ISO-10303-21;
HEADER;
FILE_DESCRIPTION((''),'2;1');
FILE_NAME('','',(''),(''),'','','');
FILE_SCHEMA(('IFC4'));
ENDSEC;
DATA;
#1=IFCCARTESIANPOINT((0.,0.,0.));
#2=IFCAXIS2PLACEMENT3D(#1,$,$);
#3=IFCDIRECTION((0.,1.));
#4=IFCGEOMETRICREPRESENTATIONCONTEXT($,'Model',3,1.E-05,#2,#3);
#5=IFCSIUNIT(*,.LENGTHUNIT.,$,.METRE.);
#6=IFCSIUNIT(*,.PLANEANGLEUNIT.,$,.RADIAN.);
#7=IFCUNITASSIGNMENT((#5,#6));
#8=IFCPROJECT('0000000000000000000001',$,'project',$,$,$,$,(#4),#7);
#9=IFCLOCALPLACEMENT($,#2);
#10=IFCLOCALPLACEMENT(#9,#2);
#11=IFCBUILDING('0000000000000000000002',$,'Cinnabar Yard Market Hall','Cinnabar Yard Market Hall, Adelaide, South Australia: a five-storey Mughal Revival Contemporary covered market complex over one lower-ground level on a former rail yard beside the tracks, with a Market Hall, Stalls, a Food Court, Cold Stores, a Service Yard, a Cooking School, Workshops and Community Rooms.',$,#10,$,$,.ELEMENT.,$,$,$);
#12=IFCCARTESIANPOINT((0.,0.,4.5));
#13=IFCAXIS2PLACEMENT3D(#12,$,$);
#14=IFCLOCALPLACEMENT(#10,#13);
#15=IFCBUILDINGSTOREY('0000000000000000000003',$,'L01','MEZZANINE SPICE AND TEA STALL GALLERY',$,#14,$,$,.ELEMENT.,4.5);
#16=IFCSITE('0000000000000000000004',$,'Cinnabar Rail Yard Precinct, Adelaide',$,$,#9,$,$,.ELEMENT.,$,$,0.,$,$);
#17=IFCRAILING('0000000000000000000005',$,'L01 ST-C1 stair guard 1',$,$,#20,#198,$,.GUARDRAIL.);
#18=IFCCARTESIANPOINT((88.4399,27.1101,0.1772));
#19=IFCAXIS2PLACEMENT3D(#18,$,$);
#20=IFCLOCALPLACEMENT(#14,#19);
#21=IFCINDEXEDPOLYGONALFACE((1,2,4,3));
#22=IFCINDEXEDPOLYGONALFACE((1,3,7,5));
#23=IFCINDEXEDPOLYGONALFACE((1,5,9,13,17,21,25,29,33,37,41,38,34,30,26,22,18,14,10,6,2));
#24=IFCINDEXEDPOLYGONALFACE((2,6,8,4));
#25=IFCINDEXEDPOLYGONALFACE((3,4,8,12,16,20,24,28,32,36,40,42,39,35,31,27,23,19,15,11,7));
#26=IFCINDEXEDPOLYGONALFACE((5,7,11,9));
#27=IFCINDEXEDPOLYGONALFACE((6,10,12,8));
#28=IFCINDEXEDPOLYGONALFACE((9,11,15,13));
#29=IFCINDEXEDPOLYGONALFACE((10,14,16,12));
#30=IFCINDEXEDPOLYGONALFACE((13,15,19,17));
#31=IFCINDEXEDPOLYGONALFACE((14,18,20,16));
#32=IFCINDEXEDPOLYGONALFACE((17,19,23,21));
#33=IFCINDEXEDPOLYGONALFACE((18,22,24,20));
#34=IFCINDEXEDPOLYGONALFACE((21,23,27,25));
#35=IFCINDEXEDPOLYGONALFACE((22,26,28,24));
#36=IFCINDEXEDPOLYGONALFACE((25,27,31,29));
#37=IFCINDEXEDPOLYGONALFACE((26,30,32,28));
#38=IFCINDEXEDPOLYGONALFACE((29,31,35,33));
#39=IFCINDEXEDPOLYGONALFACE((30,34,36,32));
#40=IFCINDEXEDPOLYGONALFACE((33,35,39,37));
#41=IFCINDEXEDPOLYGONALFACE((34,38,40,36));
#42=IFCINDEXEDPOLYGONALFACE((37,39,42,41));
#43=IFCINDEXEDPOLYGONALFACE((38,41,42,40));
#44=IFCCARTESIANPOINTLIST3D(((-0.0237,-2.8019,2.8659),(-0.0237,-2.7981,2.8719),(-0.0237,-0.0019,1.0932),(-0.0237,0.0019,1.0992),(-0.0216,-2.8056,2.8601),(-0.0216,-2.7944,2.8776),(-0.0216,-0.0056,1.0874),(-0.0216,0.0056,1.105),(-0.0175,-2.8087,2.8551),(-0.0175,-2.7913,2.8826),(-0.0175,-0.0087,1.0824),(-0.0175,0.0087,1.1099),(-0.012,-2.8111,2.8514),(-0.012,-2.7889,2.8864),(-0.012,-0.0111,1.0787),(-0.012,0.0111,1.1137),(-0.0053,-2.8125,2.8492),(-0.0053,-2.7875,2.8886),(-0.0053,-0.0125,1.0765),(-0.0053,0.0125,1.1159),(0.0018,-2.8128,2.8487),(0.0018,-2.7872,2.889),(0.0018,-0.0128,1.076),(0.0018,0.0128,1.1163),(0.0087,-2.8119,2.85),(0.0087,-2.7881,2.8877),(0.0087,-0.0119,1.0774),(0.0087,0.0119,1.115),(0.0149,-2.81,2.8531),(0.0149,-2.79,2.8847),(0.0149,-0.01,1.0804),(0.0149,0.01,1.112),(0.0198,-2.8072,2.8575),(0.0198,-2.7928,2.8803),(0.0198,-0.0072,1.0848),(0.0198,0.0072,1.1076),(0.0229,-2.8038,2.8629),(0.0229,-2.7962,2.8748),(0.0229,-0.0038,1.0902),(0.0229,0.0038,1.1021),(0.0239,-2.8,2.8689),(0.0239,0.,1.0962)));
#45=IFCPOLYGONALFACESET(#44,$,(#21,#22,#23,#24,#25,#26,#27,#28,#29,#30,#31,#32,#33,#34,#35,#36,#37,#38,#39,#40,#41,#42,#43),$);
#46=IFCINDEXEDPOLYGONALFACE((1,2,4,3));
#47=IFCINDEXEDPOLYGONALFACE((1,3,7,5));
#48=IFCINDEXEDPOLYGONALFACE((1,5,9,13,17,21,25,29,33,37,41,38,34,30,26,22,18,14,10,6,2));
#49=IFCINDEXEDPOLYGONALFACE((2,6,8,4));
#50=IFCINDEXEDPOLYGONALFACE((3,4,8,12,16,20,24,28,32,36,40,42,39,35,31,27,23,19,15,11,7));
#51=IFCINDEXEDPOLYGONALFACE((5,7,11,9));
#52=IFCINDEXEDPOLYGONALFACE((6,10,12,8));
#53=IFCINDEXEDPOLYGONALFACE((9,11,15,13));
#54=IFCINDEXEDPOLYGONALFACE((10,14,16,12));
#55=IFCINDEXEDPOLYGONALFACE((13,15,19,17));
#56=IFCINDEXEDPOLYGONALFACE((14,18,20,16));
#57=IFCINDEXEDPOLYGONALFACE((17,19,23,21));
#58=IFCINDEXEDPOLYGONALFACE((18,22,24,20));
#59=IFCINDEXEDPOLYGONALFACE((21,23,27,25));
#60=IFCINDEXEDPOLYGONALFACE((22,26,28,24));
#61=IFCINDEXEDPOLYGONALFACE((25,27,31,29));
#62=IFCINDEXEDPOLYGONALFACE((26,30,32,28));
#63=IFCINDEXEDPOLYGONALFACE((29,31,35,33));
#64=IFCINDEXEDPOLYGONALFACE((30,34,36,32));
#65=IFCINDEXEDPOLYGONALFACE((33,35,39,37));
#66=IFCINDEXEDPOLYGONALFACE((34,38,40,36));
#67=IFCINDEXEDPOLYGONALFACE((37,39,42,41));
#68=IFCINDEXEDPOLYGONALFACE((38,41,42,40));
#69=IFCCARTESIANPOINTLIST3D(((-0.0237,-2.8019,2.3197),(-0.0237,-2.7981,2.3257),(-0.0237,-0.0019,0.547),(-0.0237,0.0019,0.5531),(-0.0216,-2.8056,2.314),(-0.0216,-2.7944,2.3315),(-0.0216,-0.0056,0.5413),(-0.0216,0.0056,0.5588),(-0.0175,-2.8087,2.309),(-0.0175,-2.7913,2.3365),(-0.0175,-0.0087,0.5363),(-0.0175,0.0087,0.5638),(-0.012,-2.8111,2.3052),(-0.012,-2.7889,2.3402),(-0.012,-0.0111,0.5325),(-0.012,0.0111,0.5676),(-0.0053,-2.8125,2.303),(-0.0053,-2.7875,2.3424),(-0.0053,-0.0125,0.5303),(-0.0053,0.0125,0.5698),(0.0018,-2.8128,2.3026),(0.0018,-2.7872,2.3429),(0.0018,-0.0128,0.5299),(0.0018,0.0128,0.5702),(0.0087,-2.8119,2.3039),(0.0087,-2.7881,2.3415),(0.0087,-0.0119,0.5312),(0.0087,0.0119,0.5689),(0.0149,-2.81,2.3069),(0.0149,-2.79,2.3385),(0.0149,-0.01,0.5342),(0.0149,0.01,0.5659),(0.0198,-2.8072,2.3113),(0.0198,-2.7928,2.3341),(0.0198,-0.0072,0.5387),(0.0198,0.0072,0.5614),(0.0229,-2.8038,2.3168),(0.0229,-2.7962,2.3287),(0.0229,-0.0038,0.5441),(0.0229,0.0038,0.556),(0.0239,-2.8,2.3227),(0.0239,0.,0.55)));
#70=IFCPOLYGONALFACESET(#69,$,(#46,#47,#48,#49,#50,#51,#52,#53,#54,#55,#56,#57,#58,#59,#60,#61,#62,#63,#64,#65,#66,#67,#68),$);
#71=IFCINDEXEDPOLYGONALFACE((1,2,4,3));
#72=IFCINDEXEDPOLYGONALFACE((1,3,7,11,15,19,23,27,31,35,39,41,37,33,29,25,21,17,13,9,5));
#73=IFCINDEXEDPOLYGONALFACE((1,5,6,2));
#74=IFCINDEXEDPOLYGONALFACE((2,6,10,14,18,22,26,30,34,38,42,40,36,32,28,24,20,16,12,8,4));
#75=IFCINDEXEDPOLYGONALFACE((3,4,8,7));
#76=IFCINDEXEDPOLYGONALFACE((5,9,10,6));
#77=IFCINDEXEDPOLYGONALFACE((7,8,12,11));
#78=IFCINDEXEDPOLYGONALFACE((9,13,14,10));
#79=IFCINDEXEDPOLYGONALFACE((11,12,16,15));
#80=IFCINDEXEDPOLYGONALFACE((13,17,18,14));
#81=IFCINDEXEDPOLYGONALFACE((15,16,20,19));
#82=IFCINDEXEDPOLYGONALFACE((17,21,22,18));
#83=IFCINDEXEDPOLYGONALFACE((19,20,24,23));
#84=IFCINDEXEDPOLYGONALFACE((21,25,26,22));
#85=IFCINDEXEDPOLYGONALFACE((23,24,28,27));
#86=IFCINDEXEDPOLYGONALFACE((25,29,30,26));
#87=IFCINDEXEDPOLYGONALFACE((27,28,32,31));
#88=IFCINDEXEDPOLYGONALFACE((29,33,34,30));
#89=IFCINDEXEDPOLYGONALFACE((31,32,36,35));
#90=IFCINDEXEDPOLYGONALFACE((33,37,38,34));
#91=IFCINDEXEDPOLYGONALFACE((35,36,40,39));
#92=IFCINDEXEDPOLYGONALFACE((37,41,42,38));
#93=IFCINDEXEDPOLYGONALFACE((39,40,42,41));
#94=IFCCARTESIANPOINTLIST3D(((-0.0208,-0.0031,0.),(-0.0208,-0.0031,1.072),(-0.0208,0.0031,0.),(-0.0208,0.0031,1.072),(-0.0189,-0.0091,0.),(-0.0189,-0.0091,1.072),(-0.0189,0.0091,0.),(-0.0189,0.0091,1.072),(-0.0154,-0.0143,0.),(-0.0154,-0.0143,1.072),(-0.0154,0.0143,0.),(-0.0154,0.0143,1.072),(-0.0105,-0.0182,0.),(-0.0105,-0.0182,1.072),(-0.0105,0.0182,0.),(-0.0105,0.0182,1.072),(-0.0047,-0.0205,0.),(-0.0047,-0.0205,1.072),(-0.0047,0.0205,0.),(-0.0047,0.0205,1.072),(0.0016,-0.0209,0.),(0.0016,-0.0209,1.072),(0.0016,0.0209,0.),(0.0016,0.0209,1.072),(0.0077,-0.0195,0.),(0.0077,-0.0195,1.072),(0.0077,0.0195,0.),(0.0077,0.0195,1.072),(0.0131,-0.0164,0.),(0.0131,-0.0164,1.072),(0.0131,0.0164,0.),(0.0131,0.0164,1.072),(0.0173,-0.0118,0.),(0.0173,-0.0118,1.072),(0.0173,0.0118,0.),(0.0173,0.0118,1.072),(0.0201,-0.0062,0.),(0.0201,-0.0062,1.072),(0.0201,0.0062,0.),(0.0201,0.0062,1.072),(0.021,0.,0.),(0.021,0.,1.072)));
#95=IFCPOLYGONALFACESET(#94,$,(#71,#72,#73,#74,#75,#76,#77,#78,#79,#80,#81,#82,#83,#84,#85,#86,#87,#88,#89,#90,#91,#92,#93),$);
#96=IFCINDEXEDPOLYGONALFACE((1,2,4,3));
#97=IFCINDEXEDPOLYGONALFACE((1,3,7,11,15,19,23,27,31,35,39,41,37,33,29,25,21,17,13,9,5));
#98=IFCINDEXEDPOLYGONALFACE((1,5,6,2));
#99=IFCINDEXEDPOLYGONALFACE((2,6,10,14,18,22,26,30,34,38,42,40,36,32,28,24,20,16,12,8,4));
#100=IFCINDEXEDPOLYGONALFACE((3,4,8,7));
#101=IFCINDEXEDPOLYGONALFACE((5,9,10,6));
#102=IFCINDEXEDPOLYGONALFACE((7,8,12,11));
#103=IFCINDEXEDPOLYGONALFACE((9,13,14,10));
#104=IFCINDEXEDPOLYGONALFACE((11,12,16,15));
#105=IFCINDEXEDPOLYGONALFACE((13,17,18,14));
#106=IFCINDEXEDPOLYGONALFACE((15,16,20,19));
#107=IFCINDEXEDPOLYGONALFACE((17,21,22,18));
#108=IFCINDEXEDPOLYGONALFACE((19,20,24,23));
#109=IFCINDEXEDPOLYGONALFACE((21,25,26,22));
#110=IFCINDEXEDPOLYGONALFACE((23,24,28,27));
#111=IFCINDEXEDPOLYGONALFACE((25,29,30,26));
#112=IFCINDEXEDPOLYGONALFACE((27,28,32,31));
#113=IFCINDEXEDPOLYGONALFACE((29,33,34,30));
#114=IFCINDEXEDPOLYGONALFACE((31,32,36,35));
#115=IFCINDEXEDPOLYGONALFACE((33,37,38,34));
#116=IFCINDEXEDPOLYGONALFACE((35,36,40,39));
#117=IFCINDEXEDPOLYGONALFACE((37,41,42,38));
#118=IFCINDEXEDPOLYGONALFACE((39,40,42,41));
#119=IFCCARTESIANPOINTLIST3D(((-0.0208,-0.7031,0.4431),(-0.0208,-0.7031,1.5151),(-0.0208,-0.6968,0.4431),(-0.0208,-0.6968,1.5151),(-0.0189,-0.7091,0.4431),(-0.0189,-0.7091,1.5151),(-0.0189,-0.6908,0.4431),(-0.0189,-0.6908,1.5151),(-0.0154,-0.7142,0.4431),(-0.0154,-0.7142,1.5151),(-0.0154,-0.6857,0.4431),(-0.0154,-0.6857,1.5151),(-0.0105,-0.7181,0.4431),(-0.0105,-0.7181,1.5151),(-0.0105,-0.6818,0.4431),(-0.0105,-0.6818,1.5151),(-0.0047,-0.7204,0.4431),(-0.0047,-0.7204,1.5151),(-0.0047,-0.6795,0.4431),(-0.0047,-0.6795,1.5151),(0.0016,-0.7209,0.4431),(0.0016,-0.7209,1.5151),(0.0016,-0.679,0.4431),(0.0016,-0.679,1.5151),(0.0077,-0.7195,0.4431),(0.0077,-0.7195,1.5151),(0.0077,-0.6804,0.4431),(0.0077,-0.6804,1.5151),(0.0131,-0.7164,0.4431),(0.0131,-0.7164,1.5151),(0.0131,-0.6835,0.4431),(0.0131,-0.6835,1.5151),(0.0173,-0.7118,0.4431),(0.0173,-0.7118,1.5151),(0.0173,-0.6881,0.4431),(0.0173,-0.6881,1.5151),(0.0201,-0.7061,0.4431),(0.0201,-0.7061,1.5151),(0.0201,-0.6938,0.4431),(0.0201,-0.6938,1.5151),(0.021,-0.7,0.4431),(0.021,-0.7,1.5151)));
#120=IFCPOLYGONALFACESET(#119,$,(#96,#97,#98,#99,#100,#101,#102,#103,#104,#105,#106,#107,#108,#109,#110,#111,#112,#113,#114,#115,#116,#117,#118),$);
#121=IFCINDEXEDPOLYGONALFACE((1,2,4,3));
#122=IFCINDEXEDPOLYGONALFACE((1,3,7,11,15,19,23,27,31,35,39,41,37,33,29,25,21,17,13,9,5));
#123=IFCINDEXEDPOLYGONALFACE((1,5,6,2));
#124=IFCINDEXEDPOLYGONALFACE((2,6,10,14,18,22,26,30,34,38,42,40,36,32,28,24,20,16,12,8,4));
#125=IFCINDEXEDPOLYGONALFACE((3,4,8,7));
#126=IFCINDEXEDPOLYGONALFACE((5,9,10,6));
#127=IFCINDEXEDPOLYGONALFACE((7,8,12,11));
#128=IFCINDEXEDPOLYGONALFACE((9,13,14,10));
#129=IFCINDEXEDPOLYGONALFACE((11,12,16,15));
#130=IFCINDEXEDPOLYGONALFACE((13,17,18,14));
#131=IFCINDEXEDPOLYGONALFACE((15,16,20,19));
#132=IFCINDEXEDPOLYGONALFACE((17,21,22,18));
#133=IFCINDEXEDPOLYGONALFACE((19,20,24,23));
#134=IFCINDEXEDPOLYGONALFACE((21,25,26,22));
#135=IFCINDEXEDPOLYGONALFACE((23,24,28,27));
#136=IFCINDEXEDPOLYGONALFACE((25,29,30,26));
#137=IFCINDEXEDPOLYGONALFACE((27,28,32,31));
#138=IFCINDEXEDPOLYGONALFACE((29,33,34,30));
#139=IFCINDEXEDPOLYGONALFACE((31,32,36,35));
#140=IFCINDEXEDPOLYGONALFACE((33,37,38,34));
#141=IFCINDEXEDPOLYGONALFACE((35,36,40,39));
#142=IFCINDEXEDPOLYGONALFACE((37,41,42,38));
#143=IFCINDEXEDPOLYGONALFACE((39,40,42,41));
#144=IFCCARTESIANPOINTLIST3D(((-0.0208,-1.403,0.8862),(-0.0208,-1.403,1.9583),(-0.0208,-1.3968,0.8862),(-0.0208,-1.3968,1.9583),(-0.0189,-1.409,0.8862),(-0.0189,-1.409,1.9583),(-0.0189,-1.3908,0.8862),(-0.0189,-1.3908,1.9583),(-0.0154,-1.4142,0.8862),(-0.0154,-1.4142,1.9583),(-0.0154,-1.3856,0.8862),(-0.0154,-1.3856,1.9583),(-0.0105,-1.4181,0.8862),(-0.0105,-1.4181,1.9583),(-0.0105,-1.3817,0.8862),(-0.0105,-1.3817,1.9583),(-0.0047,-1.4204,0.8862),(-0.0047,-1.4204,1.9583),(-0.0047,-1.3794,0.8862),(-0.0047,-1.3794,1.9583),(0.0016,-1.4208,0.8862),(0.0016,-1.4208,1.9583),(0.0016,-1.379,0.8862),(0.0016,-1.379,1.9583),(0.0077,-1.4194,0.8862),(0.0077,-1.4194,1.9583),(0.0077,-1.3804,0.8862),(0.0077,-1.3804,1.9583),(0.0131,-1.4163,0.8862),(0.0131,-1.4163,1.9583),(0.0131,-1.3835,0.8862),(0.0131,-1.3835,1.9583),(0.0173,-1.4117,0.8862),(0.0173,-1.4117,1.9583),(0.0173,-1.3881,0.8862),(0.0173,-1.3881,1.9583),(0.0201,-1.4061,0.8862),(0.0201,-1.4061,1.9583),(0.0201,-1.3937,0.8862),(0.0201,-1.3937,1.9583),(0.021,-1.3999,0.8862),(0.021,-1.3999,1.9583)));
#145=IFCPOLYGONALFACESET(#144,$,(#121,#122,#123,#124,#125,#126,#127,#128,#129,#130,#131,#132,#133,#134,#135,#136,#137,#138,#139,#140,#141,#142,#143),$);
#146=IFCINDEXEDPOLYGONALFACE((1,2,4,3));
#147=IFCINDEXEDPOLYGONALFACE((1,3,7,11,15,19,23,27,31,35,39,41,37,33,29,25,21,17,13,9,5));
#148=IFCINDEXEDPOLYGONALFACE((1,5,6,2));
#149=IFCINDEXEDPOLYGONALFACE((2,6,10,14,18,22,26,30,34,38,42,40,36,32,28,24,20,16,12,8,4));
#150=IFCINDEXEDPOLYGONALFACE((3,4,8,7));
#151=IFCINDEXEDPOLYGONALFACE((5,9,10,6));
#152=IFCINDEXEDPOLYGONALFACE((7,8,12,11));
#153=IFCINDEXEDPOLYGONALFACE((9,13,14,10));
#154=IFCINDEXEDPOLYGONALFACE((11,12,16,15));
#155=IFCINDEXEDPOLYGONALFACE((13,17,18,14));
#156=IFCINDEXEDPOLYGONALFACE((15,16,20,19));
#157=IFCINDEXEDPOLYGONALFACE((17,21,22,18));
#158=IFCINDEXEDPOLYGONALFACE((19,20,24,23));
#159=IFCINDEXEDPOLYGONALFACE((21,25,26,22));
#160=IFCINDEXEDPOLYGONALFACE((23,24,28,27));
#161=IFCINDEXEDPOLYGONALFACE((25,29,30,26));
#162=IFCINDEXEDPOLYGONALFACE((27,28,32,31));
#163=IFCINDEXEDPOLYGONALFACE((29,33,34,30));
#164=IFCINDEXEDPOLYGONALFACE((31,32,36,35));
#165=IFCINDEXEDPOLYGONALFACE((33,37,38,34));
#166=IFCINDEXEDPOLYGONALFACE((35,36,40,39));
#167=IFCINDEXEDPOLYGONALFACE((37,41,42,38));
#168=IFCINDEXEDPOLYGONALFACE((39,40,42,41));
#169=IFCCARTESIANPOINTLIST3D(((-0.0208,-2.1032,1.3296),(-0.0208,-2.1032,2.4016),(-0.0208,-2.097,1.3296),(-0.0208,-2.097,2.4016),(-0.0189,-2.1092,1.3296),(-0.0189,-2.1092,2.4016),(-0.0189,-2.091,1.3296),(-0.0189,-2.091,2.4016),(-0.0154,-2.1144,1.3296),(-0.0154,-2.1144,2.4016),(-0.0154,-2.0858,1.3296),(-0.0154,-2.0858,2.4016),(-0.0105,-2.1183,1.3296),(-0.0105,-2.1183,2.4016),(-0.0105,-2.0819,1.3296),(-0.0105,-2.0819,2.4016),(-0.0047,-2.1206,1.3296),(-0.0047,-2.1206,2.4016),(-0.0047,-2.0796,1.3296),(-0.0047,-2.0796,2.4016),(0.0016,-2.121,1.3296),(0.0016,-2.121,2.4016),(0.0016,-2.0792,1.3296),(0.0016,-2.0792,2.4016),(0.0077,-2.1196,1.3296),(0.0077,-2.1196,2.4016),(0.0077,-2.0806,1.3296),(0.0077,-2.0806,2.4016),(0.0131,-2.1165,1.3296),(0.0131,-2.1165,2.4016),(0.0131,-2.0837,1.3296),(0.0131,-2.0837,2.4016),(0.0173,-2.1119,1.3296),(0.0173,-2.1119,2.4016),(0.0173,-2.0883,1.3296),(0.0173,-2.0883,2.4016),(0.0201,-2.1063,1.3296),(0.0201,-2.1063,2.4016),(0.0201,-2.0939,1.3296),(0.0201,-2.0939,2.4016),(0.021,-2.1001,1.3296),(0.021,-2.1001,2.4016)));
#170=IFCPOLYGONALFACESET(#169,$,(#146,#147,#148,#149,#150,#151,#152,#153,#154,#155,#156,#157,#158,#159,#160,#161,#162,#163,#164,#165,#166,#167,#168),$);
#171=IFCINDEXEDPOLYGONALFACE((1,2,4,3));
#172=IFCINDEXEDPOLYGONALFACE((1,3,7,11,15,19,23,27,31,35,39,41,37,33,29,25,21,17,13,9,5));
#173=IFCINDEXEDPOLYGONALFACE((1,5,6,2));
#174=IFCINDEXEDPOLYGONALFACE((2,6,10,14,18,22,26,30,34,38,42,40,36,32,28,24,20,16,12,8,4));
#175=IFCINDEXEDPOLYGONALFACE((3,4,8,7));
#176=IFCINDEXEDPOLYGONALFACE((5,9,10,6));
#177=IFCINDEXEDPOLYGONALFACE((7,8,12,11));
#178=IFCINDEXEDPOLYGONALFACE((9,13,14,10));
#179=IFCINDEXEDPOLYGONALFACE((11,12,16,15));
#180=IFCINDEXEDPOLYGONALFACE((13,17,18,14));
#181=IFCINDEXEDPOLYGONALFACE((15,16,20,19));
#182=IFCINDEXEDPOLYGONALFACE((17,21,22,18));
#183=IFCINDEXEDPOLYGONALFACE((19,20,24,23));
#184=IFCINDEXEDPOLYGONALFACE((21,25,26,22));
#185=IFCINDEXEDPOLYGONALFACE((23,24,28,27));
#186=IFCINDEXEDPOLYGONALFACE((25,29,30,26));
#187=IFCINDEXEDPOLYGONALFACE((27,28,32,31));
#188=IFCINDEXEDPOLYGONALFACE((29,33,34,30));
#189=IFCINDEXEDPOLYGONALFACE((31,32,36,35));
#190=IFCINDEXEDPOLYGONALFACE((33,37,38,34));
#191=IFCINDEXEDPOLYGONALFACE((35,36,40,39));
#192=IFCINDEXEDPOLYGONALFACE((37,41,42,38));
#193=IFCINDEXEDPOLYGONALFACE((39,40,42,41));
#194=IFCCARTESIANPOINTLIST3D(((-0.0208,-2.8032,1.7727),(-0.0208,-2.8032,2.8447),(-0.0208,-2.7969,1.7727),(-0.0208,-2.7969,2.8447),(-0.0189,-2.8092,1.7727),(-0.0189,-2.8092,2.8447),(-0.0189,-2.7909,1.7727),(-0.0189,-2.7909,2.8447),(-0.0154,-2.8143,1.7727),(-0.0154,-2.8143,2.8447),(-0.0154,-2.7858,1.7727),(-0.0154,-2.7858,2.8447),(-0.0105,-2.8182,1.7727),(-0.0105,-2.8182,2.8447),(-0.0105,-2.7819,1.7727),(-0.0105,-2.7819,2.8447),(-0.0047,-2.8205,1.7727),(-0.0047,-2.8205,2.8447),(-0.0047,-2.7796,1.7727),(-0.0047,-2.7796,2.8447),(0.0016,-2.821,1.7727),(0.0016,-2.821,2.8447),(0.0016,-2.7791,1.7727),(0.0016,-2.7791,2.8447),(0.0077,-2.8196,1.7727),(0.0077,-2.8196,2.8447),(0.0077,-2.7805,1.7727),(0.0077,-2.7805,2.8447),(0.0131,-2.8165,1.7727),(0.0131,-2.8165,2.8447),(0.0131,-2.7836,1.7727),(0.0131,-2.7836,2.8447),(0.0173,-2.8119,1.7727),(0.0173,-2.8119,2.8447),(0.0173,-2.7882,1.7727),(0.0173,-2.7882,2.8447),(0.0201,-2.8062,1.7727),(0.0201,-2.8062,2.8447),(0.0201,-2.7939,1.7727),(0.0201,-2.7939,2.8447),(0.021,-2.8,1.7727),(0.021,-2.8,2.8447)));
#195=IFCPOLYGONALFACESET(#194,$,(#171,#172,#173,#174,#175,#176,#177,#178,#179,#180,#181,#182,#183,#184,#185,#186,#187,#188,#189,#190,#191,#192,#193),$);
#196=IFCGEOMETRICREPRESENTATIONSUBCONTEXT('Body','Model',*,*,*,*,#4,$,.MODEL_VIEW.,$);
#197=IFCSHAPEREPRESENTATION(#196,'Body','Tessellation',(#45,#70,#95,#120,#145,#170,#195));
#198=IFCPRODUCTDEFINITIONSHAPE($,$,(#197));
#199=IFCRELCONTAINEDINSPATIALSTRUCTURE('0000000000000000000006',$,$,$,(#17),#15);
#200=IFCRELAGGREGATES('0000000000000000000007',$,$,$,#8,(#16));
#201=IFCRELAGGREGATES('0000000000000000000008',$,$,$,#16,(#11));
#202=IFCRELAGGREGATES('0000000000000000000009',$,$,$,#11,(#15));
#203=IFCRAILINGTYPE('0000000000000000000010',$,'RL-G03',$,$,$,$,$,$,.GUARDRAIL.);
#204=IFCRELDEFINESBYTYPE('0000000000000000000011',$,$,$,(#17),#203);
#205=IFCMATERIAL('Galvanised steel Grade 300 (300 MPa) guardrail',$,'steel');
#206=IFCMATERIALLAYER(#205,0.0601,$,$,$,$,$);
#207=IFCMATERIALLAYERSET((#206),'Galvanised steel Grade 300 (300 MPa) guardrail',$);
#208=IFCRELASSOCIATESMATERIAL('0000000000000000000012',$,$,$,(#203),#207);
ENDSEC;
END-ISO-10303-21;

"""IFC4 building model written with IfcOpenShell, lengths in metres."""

from ifc_helpers import new_model, si_unit, direction, frame, origin, origin_2d_with_axis, place, context, subcontext, project, spatial, circle, extrude, material, layer, layer_set, type_object, element, save


model = new_model("IFC4")

# Units and contexts
model_context = context("Model", 3, precision=1e-05, world=origin(), true_north=direction((0.0, 1.0)))
body_context = subcontext(model_context, "Body", "Model", "MODEL_VIEW")
ifc_project = project(units=[si_unit("LENGTHUNIT", "METRE"), si_unit("PLANEANGLEUNIT", "RADIAN")], contexts=[model_context])

# Site, building, storey
site_placement = place(None, origin())
site = spatial("IfcSite", under=ifc_project, at=site_placement, Name="Cinnabar Rail Yard Precinct, Adelaide", CompositionType="ELEMENT", RefElevation=0.0)
building_placement = place(site_placement, origin())
building = spatial("IfcBuilding", under=site, at=building_placement, Name="Cinnabar Yard Market Hall", Description="Cinnabar Yard Market Hall, Adelaide, South Australia: a five-storey Mughal Revival Contemporary covered market complex over one lower-ground level on a former rail yard beside the tracks, with a Market Hall, Stalls, a Food Court, Cold Stores, a Service Yard, a Cooking School, Workshops and Community Rooms.", CompositionType="ELEMENT")
storey_placement = place(building_placement, frame((0.0, 0.0, 4.5)))
storey = spatial("IfcBuildingStorey", under=building, at=storey_placement, Name="L01", Description="MEZZANINE SPICE AND TEA STALL GALLERY", CompositionType="ELEMENT", Elevation=4.5)

# Railing
ifc_material_1 = material(Name="Galvanised steel Grade 300 (300 MPa) guardrail", Category="steel")
ifc_layer_1 = layer(ifc_material_1, 0.0601)
ifc_layer_set_1 = layer_set([ifc_layer_1], Name="Galvanised steel Grade 300 (300 MPa) guardrail")
railing_type_1 = type_object("IfcRailingType", Name="RL-G03", PredefinedType="GUARDRAIL", material=ifc_layer_set_1)
railing_1_placement = place(storey_placement, frame((88.4399, 27.1101, 0.1772)))
element("IfcRailing", 1, at=railing_1_placement, inside=storey, type_object=railing_type_1, Name="L01 ST-C1 stair guard 1", PredefinedType="GUARDRAIL", context=body_context, shape_type="SweptSolid", body=[
    extrude(circle(Radius=0.0239, at=origin_2d_with_axis()), frame((0.0, 0.0, 1.0962), z_axis=(0.0, -0.844909, 0.53491), x_axis=(1.0, 0.0, 0.0)), (0.0, 0.0, 1.0), 3.314),
    extrude(circle(Radius=0.0239, at=origin_2d_with_axis()), frame((0.0, 0.0, 0.55), z_axis=(0.0, -0.844909, 0.53491), x_axis=(1.0, 0.0, 0.0)), (0.0, 0.0, 1.0), 3.314),
    extrude(circle(Radius=0.021, at=origin_2d_with_axis()), origin(), (0.0, 0.0, 1.0), 1.072),
    extrude(circle(Radius=0.021, at=origin_2d_with_axis()), frame((0.0, -0.7, 0.4431)), (0.0, 0.0, 1.0), 1.072),
    extrude(circle(Radius=0.021, at=origin_2d_with_axis()), frame((0.0, -1.3999, 0.8862)), (0.0, 0.0, 1.0), 1.072),
    extrude(circle(Radius=0.021, at=origin_2d_with_axis()), frame((0.0, -2.1001, 1.3296)), (0.0, 0.0, 1.0), 1.072),
    extrude(circle(Radius=0.021, at=origin_2d_with_axis()), frame((0.0, -2.8, 1.7727)), (0.0, 0.0, 1.0), 1.072),
])

save(model, "model.ifc")
